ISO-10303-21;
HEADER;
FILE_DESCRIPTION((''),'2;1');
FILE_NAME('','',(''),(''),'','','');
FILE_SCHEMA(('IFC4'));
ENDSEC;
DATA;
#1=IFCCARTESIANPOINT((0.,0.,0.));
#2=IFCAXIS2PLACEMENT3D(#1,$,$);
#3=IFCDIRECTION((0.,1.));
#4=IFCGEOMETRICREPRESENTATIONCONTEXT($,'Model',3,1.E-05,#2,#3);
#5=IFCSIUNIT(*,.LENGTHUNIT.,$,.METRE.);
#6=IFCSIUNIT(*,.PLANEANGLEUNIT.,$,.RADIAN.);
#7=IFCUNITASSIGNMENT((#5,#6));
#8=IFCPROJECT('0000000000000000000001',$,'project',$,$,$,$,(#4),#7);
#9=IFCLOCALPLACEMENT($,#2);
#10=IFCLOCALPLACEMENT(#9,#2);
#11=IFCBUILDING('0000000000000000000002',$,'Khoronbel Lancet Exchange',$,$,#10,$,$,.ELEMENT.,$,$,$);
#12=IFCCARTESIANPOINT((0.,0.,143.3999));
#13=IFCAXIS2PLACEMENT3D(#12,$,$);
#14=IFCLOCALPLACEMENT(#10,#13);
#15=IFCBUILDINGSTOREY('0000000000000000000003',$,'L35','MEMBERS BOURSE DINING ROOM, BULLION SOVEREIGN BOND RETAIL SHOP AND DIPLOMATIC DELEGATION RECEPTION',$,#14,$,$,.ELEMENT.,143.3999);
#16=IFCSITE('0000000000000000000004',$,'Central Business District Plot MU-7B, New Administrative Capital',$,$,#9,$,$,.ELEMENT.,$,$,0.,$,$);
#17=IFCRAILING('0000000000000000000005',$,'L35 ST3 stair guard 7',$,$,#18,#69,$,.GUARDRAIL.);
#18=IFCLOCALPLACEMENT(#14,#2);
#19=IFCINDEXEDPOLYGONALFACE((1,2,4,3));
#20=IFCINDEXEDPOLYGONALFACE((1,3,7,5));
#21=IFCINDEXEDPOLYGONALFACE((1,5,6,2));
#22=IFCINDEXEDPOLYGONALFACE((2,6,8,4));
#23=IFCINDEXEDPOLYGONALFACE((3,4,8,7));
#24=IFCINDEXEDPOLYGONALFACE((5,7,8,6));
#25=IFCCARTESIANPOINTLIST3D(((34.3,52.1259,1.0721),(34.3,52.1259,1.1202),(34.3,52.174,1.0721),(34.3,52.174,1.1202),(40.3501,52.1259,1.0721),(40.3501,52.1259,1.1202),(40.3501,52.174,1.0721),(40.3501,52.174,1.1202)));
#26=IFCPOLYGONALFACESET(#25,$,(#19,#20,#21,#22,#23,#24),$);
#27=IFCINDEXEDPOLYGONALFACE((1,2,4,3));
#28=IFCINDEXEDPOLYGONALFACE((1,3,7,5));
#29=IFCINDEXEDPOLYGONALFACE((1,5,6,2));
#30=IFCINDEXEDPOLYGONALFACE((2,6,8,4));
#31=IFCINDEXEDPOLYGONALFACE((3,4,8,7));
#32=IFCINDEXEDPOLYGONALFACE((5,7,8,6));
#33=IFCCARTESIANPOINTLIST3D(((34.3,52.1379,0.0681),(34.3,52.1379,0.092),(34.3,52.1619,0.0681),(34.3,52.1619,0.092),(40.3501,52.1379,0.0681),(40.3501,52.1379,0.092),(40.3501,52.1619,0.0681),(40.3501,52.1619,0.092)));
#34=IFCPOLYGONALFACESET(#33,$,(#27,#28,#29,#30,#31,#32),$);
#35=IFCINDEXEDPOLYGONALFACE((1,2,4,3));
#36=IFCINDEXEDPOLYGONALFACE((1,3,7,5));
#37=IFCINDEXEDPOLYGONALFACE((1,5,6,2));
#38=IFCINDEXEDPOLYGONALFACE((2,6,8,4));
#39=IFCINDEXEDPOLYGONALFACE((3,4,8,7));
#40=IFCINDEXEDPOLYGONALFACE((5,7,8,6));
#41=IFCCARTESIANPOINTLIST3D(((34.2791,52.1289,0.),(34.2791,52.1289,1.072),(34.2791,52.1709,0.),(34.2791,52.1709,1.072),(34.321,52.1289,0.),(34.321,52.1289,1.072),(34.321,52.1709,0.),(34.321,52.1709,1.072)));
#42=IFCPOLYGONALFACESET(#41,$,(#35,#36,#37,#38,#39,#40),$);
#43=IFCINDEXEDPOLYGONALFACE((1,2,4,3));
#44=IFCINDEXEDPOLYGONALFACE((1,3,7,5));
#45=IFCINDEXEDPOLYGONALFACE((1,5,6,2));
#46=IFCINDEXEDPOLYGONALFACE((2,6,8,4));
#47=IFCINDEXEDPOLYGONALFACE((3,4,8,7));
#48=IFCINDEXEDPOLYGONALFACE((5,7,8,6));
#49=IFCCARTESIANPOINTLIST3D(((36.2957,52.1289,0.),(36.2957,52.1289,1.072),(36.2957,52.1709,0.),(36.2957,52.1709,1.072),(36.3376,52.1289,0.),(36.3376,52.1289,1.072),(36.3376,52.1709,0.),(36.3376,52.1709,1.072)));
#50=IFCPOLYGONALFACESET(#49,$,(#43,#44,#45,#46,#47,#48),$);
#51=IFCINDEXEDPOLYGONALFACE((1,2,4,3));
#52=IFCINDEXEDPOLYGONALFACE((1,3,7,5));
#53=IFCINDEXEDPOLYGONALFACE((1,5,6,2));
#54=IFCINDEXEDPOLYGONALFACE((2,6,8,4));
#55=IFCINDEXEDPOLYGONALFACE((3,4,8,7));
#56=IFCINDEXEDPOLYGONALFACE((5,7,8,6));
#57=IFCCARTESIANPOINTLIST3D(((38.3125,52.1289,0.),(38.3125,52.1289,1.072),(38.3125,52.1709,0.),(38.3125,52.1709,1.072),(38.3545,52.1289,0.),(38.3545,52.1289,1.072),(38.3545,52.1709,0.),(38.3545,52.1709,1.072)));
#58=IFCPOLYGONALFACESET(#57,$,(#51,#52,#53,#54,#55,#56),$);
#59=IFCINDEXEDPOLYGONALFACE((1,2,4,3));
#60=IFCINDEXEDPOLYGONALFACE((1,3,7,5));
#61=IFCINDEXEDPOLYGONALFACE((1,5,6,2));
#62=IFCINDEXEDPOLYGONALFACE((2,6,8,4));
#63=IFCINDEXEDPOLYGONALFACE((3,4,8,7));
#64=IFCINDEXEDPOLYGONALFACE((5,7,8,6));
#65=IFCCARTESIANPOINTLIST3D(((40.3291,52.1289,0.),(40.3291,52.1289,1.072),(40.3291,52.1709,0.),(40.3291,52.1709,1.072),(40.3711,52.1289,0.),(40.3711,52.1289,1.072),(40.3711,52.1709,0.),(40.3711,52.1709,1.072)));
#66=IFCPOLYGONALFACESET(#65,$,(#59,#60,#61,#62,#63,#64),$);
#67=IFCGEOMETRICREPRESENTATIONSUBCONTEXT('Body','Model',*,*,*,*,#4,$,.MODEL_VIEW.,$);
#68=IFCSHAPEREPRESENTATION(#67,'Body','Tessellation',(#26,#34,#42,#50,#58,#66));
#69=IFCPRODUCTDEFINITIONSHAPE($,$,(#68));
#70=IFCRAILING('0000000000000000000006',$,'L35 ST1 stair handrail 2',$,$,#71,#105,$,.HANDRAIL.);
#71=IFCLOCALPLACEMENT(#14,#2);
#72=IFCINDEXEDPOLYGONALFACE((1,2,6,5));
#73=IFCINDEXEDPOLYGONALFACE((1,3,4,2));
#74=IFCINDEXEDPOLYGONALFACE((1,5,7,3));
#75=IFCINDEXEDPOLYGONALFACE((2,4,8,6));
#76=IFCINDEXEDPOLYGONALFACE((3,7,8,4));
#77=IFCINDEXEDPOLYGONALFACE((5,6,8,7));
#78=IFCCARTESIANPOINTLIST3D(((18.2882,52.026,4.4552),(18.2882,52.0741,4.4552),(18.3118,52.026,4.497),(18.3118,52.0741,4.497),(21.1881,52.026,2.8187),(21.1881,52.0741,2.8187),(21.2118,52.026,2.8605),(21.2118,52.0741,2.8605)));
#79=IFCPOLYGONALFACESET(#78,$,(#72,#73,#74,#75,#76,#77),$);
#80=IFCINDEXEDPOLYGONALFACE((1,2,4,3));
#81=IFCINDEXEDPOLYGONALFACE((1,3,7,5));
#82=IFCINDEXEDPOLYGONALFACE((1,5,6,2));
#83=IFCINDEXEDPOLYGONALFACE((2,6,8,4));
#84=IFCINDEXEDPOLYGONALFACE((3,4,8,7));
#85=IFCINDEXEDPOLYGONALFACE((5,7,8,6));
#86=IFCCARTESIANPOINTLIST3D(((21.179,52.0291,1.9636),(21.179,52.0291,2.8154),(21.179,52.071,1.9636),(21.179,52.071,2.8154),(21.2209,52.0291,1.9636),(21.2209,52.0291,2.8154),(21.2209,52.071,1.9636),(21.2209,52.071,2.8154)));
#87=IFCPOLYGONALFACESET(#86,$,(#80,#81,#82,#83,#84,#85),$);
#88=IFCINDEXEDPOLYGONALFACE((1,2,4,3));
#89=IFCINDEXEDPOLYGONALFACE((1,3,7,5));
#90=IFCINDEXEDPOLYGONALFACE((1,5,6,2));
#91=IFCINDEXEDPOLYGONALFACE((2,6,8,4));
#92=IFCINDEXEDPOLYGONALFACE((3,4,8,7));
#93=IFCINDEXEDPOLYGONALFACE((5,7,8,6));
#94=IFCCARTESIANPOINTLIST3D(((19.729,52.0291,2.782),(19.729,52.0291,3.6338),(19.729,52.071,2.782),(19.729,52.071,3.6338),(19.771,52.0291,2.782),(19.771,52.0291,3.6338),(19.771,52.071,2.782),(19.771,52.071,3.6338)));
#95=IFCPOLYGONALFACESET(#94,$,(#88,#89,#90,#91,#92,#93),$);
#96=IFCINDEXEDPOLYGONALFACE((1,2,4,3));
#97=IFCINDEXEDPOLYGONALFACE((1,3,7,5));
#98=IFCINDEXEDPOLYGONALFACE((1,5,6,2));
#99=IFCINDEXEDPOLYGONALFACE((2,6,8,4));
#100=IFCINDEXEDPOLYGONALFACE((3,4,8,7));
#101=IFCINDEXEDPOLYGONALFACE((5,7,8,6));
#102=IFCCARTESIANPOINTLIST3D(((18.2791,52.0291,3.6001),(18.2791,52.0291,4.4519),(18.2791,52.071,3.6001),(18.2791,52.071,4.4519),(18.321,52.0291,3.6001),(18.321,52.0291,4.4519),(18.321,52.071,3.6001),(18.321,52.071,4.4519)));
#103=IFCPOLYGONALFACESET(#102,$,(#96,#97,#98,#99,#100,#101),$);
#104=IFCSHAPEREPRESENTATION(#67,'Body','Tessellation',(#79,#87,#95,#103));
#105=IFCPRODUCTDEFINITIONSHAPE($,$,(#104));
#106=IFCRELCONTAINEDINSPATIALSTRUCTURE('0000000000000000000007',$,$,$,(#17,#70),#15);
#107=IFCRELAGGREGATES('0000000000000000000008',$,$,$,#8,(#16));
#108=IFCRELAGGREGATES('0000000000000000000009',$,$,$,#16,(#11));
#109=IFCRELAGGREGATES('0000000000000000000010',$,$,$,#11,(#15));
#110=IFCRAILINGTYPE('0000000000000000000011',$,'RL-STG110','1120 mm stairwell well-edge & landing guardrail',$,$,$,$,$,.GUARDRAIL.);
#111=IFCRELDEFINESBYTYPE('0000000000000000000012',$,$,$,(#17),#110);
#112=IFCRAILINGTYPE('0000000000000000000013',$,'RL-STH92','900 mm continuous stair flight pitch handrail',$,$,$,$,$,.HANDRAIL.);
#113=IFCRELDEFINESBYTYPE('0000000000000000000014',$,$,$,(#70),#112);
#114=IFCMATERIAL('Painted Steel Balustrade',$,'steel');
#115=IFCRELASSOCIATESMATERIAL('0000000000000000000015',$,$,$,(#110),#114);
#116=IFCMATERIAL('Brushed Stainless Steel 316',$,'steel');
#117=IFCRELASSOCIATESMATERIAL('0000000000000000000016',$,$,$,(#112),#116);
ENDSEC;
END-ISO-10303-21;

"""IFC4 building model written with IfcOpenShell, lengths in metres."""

from ifc_helpers import new_model, si_unit, direction, frame, origin, origin_2d, place, context, subcontext, project, spatial, rectangle, extrude, material, type_object, element, save


model = new_model("IFC4")

# Units and contexts
model_context = context("Model", 3, precision=1e-05, world=origin(), true_north=direction((0.0, 1.0)))
body_context = subcontext(model_context, "Body", "Model", "MODEL_VIEW")
ifc_project = project(units=[si_unit("LENGTHUNIT", "METRE"), si_unit("PLANEANGLEUNIT", "RADIAN")], contexts=[model_context])

# Site, building, storey
site_placement = place(None, origin())
site = spatial("IfcSite", under=ifc_project, at=site_placement, Name="Central Business District Plot MU-7B, New Administrative Capital", CompositionType="ELEMENT", RefElevation=0.0)
building_placement = place(site_placement, origin())
building = spatial("IfcBuilding", under=site, at=building_placement, Name="Khoronbel Lancet Exchange", CompositionType="ELEMENT")
storey_placement = place(building_placement, frame((0.0, 0.0, 143.3999)))
storey = spatial("IfcBuildingStorey", under=building, at=storey_placement, Name="L35", Description="MEMBERS BOURSE DINING ROOM, BULLION SOVEREIGN BOND RETAIL SHOP AND DIPLOMATIC DELEGATION RECEPTION", CompositionType="ELEMENT", Elevation=143.3999)

# Railings
ifc_material_1 = material(Name="Painted Steel Balustrade", Category="steel")
railing_type_1 = type_object("IfcRailingType", Name="RL-STG110", Description="1120 mm stairwell well-edge & landing guardrail", PredefinedType="GUARDRAIL", material=ifc_material_1)
railing_1_placement = place(storey_placement, frame((34.3, 52.1499, 0.0)))
element("IfcRailing", 1, at=railing_1_placement, inside=storey, type_object=railing_type_1, Name="L35 ST3 stair guard 7", PredefinedType="GUARDRAIL", context=body_context, shape_type="SweptSolid", body=[
    extrude(rectangle(XDim=0.0481, YDim=0.0481, at=origin_2d()), frame((0.0, 0.0, 1.0962), z_axis=(1.0, 0.0, 0.0), x_axis=(0.0, 1.0, 0.0)), (0.0, 0.0, 1.0), 6.05),
    extrude(rectangle(XDim=0.0239, YDim=0.0239, at=origin_2d()), frame((0.0, 0.0, 0.0801), z_axis=(1.0, 0.0, 0.0), x_axis=(0.0, 1.0, 0.0)), (0.0, 0.0, 1.0), 6.05),
    extrude(rectangle(XDim=0.042, YDim=0.042, at=origin_2d()), origin(), (0.0, 0.0, 1.0), 1.072),
    extrude(rectangle(XDim=0.042, YDim=0.042, at=origin_2d()), frame((2.0166, 0.0, 0.0)), (0.0, 0.0, 1.0), 1.072),
    extrude(rectangle(XDim=0.042, YDim=0.042, at=origin_2d()), frame((4.0334, 0.0, 0.0)), (0.0, 0.0, 1.0), 1.072),
    extrude(rectangle(XDim=0.042, YDim=0.042, at=origin_2d()), frame((6.05, 0.0, 0.0)), (0.0, 0.0, 1.0), 1.072),
])
ifc_material_2 = material(Name="Brushed Stainless Steel 316", Category="steel")
railing_type_2 = type_object("IfcRailingType", Name="RL-STH92", Description="900 mm continuous stair flight pitch handrail", PredefinedType="HANDRAIL", material=ifc_material_2)
railing_2_placement = place(storey_placement, frame((21.2, 52.05, 1.9636)))
element("IfcRailing", 2, at=railing_2_placement, inside=storey, type_object=railing_type_2, Name="L35 ST1 stair handrail 2", PredefinedType="HANDRAIL", context=body_context, shape_type="SweptSolid", body=[
    extrude(rectangle(XDim=0.0481, YDim=0.0481, at=origin_2d()), frame((0.0, 0.0, 0.876), z_axis=(-0.870897, 0.0, 0.491465), x_axis=(0.0, -1.0, 0.0)), (0.0, 0.0, 1.0), 3.3298),
    extrude(rectangle(XDim=0.042, YDim=0.042, at=origin_2d()), origin(), (0.0, 0.0, 1.0), 0.8518),
    extrude(rectangle(XDim=0.042, YDim=0.042, at=origin_2d()), frame((-1.45, 0.0, 0.8184)), (0.0, 0.0, 1.0), 0.8518),
    extrude(rectangle(XDim=0.042, YDim=0.042, at=origin_2d()), frame((-2.8999, 0.0, 1.6365)), (0.0, 0.0, 1.0), 0.8518),
])

save(model, "model.ifc")
